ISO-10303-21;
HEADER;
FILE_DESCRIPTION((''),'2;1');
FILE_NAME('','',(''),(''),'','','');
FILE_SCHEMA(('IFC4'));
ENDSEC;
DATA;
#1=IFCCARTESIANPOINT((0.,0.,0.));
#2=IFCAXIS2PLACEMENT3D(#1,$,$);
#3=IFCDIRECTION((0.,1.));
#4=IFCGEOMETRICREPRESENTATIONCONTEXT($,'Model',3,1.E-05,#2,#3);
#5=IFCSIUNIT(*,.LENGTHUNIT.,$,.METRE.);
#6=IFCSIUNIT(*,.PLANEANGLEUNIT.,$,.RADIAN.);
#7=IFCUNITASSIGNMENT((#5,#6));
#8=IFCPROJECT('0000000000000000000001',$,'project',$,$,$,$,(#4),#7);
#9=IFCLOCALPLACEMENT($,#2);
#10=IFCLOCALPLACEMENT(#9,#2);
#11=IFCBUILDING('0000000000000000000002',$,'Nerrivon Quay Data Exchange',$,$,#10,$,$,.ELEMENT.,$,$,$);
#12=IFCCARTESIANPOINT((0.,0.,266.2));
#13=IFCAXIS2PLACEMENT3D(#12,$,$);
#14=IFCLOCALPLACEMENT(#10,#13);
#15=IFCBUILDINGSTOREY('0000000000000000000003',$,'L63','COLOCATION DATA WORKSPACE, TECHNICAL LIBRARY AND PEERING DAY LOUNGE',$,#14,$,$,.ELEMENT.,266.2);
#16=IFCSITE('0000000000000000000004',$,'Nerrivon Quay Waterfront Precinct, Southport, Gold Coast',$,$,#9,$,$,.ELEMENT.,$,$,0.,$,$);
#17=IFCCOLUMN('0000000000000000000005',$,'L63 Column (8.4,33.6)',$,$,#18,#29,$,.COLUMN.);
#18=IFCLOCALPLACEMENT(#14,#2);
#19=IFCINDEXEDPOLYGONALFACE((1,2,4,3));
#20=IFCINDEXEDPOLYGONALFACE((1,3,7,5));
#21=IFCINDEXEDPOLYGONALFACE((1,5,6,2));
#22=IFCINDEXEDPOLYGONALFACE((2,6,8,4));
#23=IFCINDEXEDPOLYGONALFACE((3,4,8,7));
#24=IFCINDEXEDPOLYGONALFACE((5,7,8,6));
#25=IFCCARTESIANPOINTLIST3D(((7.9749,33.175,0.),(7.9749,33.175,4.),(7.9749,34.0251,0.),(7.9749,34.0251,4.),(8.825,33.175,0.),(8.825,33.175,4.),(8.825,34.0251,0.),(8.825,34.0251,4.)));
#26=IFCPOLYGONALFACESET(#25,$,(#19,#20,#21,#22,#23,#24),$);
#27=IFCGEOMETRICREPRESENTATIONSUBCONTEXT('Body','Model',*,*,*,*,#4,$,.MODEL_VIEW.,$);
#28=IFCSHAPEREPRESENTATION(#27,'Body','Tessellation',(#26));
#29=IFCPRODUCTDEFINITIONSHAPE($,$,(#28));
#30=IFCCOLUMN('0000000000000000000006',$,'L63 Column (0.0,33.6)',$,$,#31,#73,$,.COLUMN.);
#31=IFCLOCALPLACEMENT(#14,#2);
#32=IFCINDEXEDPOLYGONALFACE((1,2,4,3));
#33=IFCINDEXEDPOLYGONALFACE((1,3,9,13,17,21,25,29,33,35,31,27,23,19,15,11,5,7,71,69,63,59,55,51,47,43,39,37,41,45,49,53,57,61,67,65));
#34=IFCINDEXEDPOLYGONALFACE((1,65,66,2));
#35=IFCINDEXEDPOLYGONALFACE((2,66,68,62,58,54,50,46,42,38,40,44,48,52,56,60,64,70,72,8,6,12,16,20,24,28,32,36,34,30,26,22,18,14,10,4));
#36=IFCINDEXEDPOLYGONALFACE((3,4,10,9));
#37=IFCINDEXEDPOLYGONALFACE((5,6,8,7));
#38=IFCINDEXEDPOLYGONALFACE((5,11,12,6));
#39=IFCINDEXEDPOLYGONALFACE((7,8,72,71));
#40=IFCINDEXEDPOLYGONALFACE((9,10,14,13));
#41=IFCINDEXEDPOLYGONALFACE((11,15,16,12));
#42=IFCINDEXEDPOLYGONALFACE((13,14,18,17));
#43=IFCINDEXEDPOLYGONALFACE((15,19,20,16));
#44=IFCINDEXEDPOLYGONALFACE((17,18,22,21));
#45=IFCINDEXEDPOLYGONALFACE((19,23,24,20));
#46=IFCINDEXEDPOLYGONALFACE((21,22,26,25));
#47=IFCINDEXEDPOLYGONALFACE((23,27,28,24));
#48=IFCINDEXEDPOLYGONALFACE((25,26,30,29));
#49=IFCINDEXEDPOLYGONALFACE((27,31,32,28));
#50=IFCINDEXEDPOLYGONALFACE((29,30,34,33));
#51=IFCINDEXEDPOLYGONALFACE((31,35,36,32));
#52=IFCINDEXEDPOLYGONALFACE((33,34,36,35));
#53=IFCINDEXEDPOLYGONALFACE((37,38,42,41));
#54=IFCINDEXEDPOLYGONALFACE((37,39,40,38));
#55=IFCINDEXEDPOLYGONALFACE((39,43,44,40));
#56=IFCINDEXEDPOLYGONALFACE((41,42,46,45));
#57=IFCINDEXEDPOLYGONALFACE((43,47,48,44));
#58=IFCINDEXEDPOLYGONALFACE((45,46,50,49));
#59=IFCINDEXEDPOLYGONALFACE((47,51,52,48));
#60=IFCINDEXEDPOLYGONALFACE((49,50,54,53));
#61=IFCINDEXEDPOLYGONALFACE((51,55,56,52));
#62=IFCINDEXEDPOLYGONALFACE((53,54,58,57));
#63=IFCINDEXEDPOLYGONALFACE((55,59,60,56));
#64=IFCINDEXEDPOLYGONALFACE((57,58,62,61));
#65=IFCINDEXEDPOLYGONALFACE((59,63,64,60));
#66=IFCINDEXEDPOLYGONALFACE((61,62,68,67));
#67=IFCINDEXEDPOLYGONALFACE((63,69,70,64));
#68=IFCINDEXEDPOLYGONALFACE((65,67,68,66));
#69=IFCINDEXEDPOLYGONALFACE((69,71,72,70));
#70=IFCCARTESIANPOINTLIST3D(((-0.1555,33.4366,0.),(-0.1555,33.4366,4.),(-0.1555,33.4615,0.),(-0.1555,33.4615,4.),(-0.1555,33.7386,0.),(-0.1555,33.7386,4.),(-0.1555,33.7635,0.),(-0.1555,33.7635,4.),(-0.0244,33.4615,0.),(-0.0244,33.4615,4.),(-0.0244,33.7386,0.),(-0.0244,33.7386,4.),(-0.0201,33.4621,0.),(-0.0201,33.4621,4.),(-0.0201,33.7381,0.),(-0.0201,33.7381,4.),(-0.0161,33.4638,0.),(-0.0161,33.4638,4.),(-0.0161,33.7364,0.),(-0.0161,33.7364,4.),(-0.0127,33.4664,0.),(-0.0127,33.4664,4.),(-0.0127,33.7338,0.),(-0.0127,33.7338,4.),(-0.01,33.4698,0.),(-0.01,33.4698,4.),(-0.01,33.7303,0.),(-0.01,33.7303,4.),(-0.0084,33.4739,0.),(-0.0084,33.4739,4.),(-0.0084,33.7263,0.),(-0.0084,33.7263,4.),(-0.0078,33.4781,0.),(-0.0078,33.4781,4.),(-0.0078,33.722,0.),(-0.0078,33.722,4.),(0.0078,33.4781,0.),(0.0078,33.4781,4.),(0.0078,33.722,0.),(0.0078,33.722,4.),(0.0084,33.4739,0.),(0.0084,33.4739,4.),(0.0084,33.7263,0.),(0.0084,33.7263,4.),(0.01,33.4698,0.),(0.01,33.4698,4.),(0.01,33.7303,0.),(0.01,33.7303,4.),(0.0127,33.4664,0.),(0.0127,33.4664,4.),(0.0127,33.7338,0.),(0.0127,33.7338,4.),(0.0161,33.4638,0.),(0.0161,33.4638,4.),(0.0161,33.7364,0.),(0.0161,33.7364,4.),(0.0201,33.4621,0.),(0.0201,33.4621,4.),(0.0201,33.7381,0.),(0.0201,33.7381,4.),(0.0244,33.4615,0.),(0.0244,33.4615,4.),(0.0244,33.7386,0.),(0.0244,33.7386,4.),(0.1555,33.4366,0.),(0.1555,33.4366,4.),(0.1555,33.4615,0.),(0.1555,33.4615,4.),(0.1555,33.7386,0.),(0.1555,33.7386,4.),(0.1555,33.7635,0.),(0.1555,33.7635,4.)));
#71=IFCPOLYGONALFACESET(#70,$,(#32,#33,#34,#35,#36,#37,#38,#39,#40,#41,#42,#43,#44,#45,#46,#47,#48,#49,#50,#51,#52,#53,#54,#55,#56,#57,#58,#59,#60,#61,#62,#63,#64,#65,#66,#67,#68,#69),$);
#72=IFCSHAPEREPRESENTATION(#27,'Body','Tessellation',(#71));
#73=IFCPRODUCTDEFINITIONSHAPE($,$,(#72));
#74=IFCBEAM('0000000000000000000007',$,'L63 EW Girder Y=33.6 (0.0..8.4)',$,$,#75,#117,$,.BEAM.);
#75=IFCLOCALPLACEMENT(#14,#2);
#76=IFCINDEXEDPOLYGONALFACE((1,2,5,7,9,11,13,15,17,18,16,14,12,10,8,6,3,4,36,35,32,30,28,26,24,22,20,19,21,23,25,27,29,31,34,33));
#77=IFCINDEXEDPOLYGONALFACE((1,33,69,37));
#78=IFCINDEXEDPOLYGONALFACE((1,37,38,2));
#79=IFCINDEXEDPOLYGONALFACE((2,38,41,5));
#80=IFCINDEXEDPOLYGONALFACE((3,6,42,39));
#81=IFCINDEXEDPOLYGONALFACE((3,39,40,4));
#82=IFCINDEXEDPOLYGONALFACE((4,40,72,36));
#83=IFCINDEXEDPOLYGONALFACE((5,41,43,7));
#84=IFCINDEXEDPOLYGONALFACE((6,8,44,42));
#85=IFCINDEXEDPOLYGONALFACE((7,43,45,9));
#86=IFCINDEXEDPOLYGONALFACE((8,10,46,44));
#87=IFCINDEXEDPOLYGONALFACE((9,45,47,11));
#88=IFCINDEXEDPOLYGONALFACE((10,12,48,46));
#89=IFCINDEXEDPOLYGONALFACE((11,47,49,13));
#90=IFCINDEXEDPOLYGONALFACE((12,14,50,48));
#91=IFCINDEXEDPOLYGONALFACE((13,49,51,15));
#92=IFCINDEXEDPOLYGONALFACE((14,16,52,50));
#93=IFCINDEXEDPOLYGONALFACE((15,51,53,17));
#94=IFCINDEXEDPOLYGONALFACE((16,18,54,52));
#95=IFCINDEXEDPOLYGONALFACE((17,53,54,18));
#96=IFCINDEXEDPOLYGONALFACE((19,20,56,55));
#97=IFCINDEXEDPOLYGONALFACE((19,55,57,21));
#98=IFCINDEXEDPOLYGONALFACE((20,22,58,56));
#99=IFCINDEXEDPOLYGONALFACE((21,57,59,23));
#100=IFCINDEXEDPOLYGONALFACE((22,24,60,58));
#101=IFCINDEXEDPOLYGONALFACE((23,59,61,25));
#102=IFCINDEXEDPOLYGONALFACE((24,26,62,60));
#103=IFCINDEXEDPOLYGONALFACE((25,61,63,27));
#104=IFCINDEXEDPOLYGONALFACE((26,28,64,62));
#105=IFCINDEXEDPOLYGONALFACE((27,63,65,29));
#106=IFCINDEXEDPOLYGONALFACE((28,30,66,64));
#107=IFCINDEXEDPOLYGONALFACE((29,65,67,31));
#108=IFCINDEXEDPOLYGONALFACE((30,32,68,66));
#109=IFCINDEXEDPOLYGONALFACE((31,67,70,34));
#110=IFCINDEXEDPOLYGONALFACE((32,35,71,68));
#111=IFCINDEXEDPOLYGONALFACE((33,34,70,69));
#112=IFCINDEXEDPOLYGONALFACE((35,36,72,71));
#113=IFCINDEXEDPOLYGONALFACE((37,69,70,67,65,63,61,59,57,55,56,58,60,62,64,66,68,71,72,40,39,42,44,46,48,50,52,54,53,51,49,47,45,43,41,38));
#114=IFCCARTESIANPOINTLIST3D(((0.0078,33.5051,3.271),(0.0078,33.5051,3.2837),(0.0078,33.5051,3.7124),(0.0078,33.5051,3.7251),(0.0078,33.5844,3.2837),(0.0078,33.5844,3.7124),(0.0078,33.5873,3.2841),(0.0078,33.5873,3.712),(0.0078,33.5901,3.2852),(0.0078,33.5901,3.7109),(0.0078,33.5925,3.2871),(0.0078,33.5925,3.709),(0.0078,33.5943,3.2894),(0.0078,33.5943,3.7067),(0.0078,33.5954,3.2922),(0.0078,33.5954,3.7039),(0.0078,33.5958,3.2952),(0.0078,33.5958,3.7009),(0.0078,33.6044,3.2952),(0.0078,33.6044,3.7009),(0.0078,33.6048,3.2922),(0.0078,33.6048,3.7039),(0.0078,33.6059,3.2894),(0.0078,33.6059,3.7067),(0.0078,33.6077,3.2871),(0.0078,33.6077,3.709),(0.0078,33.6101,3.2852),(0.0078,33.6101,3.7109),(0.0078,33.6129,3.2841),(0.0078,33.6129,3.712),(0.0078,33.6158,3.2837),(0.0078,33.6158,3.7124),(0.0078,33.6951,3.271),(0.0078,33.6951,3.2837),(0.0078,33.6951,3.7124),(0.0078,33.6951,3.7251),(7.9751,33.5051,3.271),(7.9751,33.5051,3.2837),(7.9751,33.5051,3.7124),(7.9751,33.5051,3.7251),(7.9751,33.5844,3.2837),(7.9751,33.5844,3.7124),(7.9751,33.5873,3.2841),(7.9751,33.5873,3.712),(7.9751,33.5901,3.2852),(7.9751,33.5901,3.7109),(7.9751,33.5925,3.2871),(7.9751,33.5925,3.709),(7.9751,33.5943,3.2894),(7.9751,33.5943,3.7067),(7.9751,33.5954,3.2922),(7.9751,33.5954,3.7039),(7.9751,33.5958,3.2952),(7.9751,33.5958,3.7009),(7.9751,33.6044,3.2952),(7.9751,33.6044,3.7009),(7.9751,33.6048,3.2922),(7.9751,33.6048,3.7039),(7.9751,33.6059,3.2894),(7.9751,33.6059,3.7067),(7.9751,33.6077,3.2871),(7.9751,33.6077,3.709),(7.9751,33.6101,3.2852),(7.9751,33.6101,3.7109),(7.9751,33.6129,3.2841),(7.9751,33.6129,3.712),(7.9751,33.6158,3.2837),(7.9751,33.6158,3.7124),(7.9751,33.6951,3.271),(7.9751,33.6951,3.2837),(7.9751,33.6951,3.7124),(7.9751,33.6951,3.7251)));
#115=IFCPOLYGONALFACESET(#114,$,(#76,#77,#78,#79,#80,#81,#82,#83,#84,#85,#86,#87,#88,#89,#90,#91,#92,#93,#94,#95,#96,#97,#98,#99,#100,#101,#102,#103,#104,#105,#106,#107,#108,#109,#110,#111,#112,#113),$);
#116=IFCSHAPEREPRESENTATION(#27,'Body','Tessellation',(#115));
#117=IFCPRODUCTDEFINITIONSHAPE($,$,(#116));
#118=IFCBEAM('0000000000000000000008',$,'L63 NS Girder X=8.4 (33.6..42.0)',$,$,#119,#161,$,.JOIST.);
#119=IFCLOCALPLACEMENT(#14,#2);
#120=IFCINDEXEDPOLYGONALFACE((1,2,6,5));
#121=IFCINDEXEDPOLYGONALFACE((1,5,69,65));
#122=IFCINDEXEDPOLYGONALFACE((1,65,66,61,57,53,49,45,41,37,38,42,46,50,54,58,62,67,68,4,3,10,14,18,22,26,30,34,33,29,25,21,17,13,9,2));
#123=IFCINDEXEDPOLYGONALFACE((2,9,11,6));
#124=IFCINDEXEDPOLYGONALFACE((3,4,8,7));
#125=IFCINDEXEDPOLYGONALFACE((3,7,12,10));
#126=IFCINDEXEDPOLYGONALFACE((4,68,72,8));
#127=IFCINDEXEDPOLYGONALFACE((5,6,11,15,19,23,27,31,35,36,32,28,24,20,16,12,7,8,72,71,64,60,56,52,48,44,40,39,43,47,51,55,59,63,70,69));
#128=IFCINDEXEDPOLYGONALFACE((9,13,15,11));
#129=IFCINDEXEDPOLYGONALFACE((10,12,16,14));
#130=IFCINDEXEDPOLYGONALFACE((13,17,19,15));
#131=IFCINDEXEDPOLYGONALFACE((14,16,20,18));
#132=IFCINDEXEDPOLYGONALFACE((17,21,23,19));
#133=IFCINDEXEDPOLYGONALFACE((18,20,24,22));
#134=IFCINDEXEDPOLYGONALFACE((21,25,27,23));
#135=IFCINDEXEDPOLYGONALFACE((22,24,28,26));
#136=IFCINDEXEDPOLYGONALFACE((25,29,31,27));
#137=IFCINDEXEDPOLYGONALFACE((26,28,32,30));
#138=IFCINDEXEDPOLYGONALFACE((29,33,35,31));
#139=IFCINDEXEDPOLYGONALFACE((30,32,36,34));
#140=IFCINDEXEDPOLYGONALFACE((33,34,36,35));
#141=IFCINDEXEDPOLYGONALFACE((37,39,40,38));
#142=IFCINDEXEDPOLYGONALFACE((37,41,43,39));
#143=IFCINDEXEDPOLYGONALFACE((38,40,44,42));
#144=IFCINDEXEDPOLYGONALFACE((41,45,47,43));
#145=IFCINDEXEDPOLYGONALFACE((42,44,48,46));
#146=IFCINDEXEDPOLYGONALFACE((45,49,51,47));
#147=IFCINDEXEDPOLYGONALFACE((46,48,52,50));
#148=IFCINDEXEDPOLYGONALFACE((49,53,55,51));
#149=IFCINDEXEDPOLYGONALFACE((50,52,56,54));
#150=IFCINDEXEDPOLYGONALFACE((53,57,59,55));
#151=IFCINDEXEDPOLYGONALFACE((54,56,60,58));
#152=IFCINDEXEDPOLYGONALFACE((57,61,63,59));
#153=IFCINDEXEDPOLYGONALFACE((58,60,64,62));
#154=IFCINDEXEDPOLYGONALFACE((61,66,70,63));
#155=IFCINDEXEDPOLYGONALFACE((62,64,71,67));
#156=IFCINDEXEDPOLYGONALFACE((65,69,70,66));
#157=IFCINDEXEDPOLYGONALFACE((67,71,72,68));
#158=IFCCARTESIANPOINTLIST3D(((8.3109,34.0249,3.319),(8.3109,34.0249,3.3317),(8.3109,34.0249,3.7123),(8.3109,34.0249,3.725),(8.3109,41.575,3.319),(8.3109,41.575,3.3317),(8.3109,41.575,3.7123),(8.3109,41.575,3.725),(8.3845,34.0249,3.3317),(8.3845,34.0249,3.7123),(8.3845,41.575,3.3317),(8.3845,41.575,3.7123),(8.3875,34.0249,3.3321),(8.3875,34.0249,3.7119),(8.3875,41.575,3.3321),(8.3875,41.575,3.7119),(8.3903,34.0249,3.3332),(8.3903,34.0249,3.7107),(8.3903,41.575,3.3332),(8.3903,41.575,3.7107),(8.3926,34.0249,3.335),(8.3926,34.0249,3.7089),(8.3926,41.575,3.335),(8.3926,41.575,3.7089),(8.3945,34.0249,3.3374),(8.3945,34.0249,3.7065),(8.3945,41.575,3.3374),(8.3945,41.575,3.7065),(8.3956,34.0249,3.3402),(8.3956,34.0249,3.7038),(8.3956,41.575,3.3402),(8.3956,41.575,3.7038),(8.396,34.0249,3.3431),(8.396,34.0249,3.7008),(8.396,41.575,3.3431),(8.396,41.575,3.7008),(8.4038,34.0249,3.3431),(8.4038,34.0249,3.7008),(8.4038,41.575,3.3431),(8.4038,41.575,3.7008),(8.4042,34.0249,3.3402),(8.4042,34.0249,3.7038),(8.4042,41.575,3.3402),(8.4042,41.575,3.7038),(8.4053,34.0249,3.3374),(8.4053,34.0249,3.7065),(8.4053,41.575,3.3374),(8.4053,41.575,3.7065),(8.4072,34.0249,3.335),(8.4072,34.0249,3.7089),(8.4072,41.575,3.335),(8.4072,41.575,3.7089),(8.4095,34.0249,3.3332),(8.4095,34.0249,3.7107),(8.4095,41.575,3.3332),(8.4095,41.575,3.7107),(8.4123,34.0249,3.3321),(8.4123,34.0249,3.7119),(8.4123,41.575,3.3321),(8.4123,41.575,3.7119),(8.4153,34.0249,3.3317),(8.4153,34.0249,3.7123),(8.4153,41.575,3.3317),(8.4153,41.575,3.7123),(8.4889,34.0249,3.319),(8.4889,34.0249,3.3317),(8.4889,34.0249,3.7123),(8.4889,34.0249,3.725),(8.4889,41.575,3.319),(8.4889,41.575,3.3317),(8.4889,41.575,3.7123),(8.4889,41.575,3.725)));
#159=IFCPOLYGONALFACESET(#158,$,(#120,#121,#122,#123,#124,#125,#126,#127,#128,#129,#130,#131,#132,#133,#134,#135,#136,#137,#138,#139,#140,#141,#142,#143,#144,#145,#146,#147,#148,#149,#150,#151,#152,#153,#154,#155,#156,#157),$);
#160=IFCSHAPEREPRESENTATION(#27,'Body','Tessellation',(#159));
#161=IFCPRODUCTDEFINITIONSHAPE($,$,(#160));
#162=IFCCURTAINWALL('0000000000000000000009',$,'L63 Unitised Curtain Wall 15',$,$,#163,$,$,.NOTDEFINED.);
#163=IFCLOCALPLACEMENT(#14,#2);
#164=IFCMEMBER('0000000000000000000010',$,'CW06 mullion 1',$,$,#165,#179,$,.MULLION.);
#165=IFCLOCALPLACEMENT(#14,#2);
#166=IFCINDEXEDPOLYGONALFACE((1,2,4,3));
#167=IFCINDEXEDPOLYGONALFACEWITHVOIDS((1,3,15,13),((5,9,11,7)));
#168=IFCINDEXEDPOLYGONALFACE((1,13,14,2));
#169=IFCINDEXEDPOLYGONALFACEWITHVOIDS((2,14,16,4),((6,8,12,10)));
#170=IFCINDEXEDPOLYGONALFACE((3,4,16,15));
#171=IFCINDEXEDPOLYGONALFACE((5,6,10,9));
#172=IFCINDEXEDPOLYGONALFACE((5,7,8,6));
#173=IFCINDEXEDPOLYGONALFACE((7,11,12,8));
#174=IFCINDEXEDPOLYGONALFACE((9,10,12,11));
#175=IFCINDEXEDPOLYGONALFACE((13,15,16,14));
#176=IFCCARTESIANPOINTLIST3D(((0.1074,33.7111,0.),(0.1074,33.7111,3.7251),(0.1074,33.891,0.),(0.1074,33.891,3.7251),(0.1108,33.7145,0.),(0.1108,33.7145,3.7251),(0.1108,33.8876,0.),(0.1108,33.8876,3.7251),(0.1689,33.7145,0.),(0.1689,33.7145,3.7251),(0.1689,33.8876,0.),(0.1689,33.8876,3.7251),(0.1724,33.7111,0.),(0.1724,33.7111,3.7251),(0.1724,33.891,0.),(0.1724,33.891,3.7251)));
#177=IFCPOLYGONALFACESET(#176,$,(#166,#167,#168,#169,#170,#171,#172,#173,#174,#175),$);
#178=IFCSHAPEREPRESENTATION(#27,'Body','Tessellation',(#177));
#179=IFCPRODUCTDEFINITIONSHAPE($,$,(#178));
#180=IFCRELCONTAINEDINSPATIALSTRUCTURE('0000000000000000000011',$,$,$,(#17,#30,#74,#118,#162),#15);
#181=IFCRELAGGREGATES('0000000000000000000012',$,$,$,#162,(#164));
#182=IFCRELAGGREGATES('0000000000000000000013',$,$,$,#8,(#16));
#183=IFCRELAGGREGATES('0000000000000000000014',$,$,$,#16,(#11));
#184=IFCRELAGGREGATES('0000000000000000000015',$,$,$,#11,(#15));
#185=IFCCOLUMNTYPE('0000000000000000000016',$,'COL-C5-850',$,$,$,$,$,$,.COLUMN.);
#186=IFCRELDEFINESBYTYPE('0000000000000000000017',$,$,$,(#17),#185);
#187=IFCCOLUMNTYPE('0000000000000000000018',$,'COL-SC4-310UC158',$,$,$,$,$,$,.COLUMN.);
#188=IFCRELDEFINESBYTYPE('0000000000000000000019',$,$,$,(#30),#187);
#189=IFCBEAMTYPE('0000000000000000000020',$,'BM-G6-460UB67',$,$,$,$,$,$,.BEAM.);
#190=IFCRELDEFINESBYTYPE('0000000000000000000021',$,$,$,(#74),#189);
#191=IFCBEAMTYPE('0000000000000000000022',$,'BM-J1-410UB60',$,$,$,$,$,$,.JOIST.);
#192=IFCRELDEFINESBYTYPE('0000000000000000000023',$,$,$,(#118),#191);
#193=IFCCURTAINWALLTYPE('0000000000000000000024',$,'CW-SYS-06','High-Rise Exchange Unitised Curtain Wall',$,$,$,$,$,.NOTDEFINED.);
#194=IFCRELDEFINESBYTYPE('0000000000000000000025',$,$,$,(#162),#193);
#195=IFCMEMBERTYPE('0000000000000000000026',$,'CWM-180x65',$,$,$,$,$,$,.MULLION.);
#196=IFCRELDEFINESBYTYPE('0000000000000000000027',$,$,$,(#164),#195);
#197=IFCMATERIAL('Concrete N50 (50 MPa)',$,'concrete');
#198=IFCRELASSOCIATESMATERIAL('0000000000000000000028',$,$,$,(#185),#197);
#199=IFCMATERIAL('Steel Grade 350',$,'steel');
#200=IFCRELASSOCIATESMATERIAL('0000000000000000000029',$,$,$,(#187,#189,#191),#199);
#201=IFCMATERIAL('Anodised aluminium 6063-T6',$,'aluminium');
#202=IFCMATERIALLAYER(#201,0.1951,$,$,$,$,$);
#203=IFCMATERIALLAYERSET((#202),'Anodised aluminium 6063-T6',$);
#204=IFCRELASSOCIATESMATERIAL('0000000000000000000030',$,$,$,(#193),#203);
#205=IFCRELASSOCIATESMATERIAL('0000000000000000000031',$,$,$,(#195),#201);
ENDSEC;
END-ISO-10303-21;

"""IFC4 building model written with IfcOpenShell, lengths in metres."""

from ifc_helpers import new_model, si_unit, direction, frame, origin, origin_2d, place, context, subcontext, project, spatial, rectangle, hollow_rectangle, i_section, extrude, material, layer, layer_set, material_profile, profile_set, type_object, element, aggregate, save


model = new_model("IFC4")

# Units and contexts
model_context = context("Model", 3, precision=1e-05, world=origin(), true_north=direction((0.0, 1.0)))
body_context = subcontext(model_context, "Body", "Model", "MODEL_VIEW")
ifc_project = project(units=[si_unit("LENGTHUNIT", "METRE"), si_unit("PLANEANGLEUNIT", "RADIAN")], contexts=[model_context])

# Site, building, storey
site_placement = place(None, origin())
site = spatial("IfcSite", under=ifc_project, at=site_placement, Name="Nerrivon Quay Waterfront Precinct, Southport, Gold Coast", CompositionType="ELEMENT", RefElevation=0.0)
building_placement = place(site_placement, origin())
building = spatial("IfcBuilding", under=site, at=building_placement, Name="Nerrivon Quay Data Exchange", CompositionType="ELEMENT")
storey_placement = place(building_placement, frame((0.0, 0.0, 266.2)))
storey = spatial("IfcBuildingStorey", under=building, at=storey_placement, Name="L63", Description="COLOCATION DATA WORKSPACE, TECHNICAL LIBRARY AND PEERING DAY LOUNGE", CompositionType="ELEMENT", Elevation=266.2)

# Columns
ifc_material_1 = material(Name="Concrete N50 (50 MPa)", Category="concrete")
ifc_material_profile_1 = material_profile(ifc_material_1, rectangle(XDim=0.8501, YDim=0.8501, at=origin_2d()), Name="RC-COL-850x850")
ifc_profile_set_1 = profile_set([ifc_material_profile_1], Name="Concrete N50 (50 MPa)")
column_type_1 = type_object("IfcColumnType", Name="COL-C5-850", PredefinedType="COLUMN", material=ifc_profile_set_1)
column_1_placement = place(storey_placement, frame((8.3999, 33.6001, 0.0), z_axis=(0.0, 0.0, 1.0), x_axis=(1.0, 0.0, 0.0)))
element("IfcColumn", 1, at=column_1_placement, inside=storey, type_object=column_type_1, Name="L63 Column (8.4,33.6)", PredefinedType="COLUMN", context=body_context, shape_type="SweptSolid", body=[
    extrude(rectangle(XDim=0.8501, YDim=0.8501, at=origin_2d()), origin(), (0.0, 0.0, 1.0), 4.0),
])
ifc_material_2 = material(Name="Steel Grade 350", Category="steel")
ifc_material_profile_2 = material_profile(ifc_material_2, i_section(OverallWidth=0.311, OverallDepth=0.3269, WebThickness=0.0156, FlangeThickness=0.0249, FilletRadius=0.0166, at=origin_2d()), Name="310UC158")
ifc_profile_set_2 = profile_set([ifc_material_profile_2], Name="Steel Grade 350")
column_type_2 = type_object("IfcColumnType", Name="COL-SC4-310UC158", PredefinedType="COLUMN", material=ifc_profile_set_2)
column_2_placement = place(storey_placement, frame((0.0, 33.6001, 0.0), z_axis=(0.0, 0.0, 1.0), x_axis=(1.0, 0.0, 0.0)))
element("IfcColumn", 2, at=column_2_placement, inside=storey, type_object=column_type_2, Name="L63 Column (0.0,33.6)", PredefinedType="COLUMN", context=body_context, shape_type="SweptSolid", body=[
    extrude(i_section(OverallWidth=0.311, OverallDepth=0.3269, WebThickness=0.0156, FlangeThickness=0.0249, FilletRadius=0.0166, at=origin_2d()), origin(), (0.0, 0.0, 1.0), 4.0),
])

# Beams
ifc_material_profile_3 = material_profile(ifc_material_2, i_section(OverallWidth=0.1899, OverallDepth=0.4541, WebThickness=0.0085, FlangeThickness=0.0127, FilletRadius=0.0115, at=origin_2d()), Name="460UB67.1")
ifc_profile_set_3 = profile_set([ifc_material_profile_3], Name="Steel Grade 350")
beam_type_1 = type_object("IfcBeamType", Name="BM-G6-460UB67", PredefinedType="BEAM", material=ifc_profile_set_3)
beam_1_placement = place(storey_placement, frame((0.0078, 33.6001, 3.498), z_axis=(1.0, 0.0, 0.0), x_axis=(0.0, 1.0, 0.0)))
element("IfcBeam", 3, at=beam_1_placement, inside=storey, type_object=beam_type_1, Name="L63 EW Girder Y=33.6 (0.0..8.4)", PredefinedType="BEAM", context=body_context, shape_type="SweptSolid", body=[
    extrude(i_section(OverallWidth=0.1899, OverallDepth=0.4541, WebThickness=0.0085, FlangeThickness=0.0127, FilletRadius=0.0115, at=origin_2d()), origin(), (0.0, 0.0, 1.0), 7.9673),
])
ifc_material_profile_4 = material_profile(ifc_material_2, i_section(OverallWidth=0.178, OverallDepth=0.406, WebThickness=0.0078, FlangeThickness=0.0127, FilletRadius=0.0115, at=origin_2d()), Name="410UB59.7")
ifc_profile_set_4 = profile_set([ifc_material_profile_4], Name="Steel Grade 350")
beam_type_2 = type_object("IfcBeamType", Name="BM-J1-410UB60", PredefinedType="JOIST", material=ifc_profile_set_4)
beam_2_placement = place(storey_placement, frame((8.3999, 34.0249, 3.522), z_axis=(0.0, 1.0, 0.0), x_axis=(-1.0, 0.0, 0.0)))
element("IfcBeam", 4, at=beam_2_placement, inside=storey, type_object=beam_type_2, Name="L63 NS Girder X=8.4 (33.6..42.0)", PredefinedType="JOIST", context=body_context, shape_type="SweptSolid", body=[
    extrude(i_section(OverallWidth=0.178, OverallDepth=0.406, WebThickness=0.0078, FlangeThickness=0.0127, FilletRadius=0.0115, at=origin_2d()), origin(), (0.0, 0.0, 1.0), 7.55),
])

# Curtain wall, member
ifc_material_3 = material(Name="Anodised aluminium 6063-T6", Category="aluminium")
ifc_layer_1 = layer(ifc_material_3, 0.1951)
ifc_layer_set_1 = layer_set([ifc_layer_1], Name="Anodised aluminium 6063-T6")
curtain_wall_type = type_object("IfcCurtainWallType", Name="CW-SYS-06", Description="High-Rise Exchange Unitised Curtain Wall", PredefinedType="NOTDEFINED", material=ifc_layer_set_1)
curtain_wall_1_placement = place(storey_placement, origin())
curtain_wall_1 = element("IfcCurtainWall", 5, at=curtain_wall_1_placement, inside=storey, type_object=curtain_wall_type, Name="L63 Unitised Curtain Wall 15", PredefinedType="NOTDEFINED")
ifc_material_profile_5 = material_profile(ifc_material_3, hollow_rectangle(XDim=0.0649, YDim=0.1799, WallThickness=0.0034, at=origin_2d()), Name="ALU-MULL-180x65")
ifc_profile_set_5 = profile_set([ifc_material_profile_5], Name="Anodised aluminium 6063-T6")
member_type_1 = type_object("IfcMemberType", Name="CWM-180x65", PredefinedType="MULLION", material=ifc_profile_set_5)
member_1_placement = place(storey_placement, frame((0.1399, 33.801, 0.0), z_axis=(0.0, 0.0, 1.0), x_axis=(-1.0, 0.0, 0.0)))
member_1 = element("IfcMember", 6, at=member_1_placement, type_object=member_type_1, Name="CW06 mullion 1", PredefinedType="MULLION", context=body_context, shape_type="SweptSolid", body=[
    extrude(hollow_rectangle(XDim=0.0649, YDim=0.1799, WallThickness=0.0034, at=origin_2d()), origin(), (0.0, 0.0, 1.0), 3.7251),
])

aggregate(curtain_wall_1, [member_1])

save(model, "model.ifc")
